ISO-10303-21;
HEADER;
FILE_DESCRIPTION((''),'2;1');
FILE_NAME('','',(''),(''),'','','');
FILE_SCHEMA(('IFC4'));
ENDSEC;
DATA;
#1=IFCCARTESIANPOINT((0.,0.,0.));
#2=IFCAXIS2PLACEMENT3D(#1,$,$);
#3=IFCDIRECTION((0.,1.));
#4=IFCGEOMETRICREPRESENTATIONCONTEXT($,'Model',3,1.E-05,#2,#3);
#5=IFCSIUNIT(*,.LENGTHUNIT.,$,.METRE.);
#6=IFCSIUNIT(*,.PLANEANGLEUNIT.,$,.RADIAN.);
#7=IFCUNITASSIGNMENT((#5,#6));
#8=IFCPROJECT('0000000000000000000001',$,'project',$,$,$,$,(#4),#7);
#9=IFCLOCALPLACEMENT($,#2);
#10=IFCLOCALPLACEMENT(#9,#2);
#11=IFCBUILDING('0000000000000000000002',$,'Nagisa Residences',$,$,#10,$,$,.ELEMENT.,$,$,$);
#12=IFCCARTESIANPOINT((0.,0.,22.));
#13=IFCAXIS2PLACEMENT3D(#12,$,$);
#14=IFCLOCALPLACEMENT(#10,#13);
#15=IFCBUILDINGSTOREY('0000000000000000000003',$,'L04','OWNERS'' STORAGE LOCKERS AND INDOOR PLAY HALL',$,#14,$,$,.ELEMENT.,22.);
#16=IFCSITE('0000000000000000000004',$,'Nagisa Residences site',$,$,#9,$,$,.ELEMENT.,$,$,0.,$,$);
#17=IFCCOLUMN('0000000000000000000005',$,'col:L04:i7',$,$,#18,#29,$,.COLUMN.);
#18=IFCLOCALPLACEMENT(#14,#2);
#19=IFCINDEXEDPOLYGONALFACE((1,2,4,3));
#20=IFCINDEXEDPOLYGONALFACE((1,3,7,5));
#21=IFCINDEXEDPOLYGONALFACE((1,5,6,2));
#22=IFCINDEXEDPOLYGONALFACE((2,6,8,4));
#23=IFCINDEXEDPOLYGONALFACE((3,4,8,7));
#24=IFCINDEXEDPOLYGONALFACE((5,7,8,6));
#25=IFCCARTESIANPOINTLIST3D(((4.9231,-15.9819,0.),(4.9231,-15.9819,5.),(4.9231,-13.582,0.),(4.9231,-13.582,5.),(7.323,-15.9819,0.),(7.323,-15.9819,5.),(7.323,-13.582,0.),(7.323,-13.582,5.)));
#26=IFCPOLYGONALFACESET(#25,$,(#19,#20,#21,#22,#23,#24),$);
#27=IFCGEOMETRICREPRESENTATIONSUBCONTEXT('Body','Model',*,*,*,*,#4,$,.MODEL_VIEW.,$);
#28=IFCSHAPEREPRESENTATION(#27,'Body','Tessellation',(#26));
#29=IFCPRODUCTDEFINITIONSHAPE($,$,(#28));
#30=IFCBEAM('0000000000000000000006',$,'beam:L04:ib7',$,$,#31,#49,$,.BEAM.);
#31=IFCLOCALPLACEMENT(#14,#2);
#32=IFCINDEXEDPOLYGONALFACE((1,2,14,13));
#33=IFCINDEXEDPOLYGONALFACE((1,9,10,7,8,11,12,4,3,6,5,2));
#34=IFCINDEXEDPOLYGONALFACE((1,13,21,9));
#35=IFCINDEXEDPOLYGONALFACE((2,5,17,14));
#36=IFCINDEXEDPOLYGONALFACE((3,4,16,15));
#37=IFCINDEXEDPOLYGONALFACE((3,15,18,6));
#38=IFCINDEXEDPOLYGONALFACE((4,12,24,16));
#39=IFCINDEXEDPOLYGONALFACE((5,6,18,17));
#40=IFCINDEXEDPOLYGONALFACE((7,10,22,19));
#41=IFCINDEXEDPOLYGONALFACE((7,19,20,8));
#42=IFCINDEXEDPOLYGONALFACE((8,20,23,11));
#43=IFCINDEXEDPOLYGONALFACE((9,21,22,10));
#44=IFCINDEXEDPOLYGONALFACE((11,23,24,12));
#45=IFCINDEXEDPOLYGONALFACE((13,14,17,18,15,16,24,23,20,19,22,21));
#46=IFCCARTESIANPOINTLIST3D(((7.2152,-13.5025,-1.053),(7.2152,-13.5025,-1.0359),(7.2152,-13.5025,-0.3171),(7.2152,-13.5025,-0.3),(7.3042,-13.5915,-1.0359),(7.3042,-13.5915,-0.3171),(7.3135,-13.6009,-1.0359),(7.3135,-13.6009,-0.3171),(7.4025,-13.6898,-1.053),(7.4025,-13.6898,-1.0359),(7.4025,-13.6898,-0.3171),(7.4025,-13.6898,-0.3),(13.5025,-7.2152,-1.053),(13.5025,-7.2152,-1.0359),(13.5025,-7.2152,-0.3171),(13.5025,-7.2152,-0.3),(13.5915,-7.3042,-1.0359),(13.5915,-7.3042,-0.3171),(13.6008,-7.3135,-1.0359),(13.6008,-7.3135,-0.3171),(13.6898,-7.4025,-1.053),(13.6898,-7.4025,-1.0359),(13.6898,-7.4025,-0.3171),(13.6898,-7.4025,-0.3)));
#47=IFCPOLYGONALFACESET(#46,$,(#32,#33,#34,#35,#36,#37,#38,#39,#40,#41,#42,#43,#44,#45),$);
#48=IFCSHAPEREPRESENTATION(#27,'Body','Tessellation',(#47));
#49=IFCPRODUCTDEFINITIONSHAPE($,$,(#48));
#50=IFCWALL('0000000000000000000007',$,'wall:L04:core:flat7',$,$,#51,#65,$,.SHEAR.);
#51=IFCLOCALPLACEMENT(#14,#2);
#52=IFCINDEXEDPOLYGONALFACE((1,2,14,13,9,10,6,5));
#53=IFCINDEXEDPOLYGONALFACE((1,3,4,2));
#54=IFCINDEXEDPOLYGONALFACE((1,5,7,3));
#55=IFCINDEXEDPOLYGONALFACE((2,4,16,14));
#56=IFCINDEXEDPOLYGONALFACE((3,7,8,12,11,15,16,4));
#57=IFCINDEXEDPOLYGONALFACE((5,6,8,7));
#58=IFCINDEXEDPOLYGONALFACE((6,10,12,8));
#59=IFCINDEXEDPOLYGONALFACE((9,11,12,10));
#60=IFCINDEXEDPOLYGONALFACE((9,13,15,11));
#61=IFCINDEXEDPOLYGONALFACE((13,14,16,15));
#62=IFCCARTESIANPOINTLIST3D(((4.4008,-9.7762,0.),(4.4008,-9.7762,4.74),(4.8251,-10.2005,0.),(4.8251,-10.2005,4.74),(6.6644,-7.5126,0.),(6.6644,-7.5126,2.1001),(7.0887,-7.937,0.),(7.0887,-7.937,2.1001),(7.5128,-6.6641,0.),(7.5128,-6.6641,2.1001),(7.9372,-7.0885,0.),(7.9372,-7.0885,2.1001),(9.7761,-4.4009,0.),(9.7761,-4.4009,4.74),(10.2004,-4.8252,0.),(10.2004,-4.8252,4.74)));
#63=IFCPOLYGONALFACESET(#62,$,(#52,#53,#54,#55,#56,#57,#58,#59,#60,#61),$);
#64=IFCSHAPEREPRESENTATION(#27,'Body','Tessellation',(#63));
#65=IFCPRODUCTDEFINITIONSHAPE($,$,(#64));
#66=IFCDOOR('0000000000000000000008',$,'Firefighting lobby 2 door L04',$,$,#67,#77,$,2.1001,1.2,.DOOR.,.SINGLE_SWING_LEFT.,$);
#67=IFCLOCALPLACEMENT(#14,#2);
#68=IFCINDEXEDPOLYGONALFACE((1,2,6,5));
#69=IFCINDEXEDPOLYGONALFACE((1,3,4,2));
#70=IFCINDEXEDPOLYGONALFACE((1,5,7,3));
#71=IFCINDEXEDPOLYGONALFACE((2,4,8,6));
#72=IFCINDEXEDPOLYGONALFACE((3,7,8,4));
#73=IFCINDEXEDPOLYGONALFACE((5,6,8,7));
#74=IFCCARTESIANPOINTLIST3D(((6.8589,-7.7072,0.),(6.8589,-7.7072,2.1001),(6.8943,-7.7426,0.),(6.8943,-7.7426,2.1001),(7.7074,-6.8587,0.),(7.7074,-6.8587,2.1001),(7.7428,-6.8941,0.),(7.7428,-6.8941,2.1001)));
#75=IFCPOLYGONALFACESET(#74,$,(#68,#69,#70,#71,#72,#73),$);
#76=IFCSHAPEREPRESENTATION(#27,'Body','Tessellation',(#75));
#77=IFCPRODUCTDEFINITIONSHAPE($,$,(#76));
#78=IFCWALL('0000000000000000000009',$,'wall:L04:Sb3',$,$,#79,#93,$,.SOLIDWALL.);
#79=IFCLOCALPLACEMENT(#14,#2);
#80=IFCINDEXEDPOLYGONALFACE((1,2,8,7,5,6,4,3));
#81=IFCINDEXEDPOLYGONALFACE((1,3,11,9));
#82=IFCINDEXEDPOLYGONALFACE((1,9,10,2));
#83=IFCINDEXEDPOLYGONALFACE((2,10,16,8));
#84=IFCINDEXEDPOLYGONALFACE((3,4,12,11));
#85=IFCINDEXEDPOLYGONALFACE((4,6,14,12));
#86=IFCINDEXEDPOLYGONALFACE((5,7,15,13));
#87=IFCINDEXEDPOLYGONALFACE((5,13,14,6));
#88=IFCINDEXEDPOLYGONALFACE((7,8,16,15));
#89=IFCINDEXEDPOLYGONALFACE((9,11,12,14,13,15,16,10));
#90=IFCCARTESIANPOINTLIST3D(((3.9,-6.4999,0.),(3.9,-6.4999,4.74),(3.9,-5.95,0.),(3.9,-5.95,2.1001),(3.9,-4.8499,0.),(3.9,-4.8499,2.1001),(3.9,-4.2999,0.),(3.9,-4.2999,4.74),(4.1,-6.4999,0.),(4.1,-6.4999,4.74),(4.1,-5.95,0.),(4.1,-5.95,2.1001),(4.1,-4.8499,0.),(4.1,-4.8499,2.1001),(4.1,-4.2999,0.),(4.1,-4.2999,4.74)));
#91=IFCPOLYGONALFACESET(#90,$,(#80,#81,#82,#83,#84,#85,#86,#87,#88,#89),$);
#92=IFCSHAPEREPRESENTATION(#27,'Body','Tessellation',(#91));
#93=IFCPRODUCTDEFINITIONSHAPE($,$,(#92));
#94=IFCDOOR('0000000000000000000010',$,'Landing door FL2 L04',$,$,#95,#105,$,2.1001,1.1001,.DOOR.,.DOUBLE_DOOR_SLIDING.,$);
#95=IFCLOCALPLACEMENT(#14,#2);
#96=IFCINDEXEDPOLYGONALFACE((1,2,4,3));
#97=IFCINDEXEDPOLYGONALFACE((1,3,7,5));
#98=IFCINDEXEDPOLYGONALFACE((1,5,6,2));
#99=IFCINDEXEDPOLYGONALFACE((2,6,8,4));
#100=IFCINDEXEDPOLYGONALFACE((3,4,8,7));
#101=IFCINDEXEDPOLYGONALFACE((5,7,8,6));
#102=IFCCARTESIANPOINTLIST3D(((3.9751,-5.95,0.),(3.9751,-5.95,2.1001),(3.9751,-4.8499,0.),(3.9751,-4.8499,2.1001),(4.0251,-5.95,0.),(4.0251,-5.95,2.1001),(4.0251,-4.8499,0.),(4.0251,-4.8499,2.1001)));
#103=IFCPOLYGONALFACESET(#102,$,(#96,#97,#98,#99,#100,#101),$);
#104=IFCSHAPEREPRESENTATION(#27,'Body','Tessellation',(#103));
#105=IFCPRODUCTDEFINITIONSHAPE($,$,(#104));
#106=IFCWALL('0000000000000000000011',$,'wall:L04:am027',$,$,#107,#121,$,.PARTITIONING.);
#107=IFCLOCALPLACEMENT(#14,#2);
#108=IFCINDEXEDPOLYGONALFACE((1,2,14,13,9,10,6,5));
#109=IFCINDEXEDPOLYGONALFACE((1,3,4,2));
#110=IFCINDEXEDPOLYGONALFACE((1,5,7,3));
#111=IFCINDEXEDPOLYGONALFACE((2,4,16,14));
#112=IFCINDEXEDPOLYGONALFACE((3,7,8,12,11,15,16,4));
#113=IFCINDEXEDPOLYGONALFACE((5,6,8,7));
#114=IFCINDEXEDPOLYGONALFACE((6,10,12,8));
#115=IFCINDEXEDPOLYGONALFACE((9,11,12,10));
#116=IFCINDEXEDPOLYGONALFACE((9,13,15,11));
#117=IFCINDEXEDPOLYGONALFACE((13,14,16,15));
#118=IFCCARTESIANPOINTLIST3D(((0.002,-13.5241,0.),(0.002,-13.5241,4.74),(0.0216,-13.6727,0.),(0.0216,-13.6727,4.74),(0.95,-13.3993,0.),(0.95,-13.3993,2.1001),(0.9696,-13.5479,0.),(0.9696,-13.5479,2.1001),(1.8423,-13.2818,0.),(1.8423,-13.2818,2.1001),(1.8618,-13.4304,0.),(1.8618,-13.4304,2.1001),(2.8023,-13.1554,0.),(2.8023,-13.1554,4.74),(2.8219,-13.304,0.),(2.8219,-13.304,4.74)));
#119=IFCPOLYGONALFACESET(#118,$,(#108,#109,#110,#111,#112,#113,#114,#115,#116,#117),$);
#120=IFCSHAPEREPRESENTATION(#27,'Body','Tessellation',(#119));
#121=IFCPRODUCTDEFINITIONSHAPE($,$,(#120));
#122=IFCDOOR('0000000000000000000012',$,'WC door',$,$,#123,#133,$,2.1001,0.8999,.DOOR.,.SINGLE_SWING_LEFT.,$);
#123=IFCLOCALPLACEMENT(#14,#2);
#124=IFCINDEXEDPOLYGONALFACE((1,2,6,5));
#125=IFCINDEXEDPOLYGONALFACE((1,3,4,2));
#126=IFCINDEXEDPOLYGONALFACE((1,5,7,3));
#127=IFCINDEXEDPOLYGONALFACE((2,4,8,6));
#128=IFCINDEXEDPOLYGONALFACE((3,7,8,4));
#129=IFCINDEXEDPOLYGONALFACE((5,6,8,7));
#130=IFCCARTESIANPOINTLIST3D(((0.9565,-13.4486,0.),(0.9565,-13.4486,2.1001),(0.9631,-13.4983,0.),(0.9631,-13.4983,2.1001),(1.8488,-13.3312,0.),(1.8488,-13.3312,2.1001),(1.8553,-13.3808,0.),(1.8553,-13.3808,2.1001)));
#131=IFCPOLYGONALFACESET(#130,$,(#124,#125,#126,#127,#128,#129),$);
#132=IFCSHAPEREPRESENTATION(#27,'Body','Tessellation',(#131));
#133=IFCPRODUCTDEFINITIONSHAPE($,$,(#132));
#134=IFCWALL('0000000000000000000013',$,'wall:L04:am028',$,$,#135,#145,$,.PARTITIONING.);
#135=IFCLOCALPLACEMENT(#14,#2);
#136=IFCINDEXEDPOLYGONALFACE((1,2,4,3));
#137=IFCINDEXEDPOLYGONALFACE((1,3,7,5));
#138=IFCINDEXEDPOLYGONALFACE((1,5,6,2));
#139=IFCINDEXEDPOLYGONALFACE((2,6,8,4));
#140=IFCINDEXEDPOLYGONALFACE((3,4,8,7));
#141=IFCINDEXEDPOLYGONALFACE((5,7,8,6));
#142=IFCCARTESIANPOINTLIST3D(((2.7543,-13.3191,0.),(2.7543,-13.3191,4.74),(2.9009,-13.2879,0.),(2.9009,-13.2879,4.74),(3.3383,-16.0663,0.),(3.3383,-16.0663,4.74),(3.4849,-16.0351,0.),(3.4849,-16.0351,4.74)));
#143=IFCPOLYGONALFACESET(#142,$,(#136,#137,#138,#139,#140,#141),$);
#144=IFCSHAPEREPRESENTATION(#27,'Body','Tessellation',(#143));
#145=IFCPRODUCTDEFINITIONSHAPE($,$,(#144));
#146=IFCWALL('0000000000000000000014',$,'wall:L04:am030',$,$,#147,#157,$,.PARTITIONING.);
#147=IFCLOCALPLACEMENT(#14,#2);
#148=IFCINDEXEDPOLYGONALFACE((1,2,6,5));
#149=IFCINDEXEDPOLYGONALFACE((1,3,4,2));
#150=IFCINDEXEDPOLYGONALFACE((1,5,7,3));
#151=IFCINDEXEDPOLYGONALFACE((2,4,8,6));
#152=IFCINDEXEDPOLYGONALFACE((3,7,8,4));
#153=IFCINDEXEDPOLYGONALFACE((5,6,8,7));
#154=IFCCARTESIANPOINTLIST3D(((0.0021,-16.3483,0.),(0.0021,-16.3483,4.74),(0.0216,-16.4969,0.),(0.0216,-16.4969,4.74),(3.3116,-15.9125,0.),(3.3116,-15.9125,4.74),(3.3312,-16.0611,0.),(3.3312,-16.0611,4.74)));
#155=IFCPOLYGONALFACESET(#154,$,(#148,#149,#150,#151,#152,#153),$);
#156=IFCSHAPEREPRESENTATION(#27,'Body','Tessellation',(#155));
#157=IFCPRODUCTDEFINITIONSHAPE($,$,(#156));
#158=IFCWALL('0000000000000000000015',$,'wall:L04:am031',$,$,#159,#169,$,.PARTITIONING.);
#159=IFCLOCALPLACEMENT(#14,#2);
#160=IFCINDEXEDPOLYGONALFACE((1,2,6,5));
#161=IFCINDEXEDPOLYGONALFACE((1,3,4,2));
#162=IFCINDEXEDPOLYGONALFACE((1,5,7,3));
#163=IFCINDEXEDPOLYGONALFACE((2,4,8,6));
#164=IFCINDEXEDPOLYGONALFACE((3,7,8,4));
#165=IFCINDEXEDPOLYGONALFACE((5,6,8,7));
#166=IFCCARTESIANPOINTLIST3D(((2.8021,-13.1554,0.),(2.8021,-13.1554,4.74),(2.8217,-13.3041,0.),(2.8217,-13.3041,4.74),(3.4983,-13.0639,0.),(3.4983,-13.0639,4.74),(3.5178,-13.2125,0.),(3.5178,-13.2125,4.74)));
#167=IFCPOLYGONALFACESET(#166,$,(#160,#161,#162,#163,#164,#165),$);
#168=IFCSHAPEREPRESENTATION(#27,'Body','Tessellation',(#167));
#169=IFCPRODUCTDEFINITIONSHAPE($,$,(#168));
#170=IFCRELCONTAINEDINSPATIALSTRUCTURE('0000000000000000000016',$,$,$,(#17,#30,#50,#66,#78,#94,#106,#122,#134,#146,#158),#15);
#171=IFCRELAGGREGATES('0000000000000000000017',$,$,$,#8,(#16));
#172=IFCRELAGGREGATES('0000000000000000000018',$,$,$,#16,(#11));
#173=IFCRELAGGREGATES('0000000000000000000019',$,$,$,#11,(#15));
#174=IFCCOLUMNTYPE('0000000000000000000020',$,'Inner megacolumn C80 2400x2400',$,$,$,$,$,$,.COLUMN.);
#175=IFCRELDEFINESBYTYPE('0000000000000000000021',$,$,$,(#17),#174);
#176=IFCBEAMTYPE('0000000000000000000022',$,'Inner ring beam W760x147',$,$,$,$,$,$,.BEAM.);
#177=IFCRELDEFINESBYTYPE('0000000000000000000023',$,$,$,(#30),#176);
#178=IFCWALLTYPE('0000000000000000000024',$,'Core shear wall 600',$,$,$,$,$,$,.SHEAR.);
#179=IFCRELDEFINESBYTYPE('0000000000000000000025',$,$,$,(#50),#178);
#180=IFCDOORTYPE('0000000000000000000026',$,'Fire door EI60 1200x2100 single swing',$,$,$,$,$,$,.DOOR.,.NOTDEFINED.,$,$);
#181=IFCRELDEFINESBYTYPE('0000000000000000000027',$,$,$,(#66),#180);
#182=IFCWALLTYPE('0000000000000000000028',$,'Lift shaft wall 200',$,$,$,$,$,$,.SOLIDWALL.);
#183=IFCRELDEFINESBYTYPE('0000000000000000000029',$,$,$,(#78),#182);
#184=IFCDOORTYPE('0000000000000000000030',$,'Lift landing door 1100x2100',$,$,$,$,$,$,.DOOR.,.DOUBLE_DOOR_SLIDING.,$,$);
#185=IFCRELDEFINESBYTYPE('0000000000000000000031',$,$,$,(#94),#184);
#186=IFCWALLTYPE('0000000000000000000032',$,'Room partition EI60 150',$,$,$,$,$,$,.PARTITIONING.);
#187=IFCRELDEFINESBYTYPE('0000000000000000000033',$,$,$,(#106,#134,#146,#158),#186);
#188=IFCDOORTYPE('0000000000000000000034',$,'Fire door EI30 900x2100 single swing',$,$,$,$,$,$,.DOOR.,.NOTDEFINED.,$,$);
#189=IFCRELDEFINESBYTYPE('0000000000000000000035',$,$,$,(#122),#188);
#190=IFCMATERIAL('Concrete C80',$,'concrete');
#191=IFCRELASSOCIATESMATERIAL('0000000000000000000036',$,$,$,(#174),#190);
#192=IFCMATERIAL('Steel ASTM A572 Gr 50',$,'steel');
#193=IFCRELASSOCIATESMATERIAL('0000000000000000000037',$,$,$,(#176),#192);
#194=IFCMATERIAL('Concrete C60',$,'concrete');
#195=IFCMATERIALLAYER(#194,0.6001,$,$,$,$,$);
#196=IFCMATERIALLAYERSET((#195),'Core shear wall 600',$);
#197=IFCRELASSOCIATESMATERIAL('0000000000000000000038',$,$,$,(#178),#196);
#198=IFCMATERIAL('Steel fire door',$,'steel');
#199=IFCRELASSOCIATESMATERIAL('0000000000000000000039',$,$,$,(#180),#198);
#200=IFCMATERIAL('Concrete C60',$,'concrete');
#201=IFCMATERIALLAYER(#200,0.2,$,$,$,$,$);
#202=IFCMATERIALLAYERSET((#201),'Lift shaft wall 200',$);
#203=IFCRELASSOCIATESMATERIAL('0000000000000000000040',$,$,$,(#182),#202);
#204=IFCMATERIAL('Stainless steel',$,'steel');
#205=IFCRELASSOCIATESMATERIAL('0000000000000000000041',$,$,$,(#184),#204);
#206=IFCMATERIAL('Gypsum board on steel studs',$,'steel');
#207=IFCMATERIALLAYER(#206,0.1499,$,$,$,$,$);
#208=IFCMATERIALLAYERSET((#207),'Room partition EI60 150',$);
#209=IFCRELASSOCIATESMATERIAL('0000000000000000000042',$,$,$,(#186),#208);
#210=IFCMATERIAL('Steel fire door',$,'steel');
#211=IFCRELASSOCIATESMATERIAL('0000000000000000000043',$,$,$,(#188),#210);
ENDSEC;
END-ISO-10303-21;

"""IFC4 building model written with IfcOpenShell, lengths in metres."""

from ifc_helpers import new_model, si_unit, direction, frame, frame_2d, origin, origin_2d, place, context, subcontext, project, spatial, rectangle, i_section, extrude, material, layer, layer_set, material_profile, profile_set, type_object, element, fill, save


model = new_model("IFC4")

# Units and contexts
model_context = context("Model", 3, precision=1e-05, world=origin(), true_north=direction((0.0, 1.0)))
body_context = subcontext(model_context, "Body", "Model", "MODEL_VIEW")
ifc_project = project(units=[si_unit("LENGTHUNIT", "METRE"), si_unit("PLANEANGLEUNIT", "RADIAN")], contexts=[model_context])

# Site, building, storey
site_placement = place(None, origin())
site = spatial("IfcSite", under=ifc_project, at=site_placement, Name="Nagisa Residences site", CompositionType="ELEMENT", RefElevation=0.0)
building_placement = place(site_placement, origin())
building = spatial("IfcBuilding", under=site, at=building_placement, Name="Nagisa Residences", CompositionType="ELEMENT")
storey_placement = place(building_placement, frame((0.0, 0.0, 22.0)))
storey = spatial("IfcBuildingStorey", under=building, at=storey_placement, Name="L04", Description="OWNERS' STORAGE LOCKERS AND INDOOR PLAY HALL", CompositionType="ELEMENT", Elevation=22.0)

# Column
ifc_material_1 = material(Name="Concrete C80", Category="concrete")
ifc_material_profile_1 = material_profile(ifc_material_1, rectangle(XDim=2.3999, YDim=2.3999, at=origin_2d()), Name="C80 2400x2400")
ifc_profile_set_1 = profile_set([ifc_material_profile_1], Name="Concrete C80")
column_type = type_object("IfcColumnType", Name="Inner megacolumn C80 2400x2400", PredefinedType="COLUMN", material=ifc_profile_set_1)
column_placement = place(storey_placement, frame((6.123, -14.782, 0.0), z_axis=(0.0, 0.0, 1.0), x_axis=(1.0, 0.0, 0.0)))
element("IfcColumn", 1, at=column_placement, inside=storey, type_object=column_type, Name="col:L04:i7", PredefinedType="COLUMN", context=body_context, shape_type="SweptSolid", body=[
    extrude(rectangle(XDim=2.3999, YDim=2.3999, at=origin_2d()), origin(), (0.0, 0.0, 1.0), 5.0),
])

# Beam
ifc_material_2 = material(Name="Steel ASTM A572 Gr 50", Category="steel")
ifc_material_profile_2 = material_profile(ifc_material_2, i_section(OverallWidth=0.2649, OverallDepth=0.7529, WebThickness=0.0132, FlangeThickness=0.0171, at=origin_2d()), Name="W760x147")
ifc_profile_set_2 = profile_set([ifc_material_profile_2], Name="Steel ASTM A572 Gr 50")
beam_type = type_object("IfcBeamType", Name="Inner ring beam W760x147", PredefinedType="BEAM", material=ifc_profile_set_2)
beam_placement = place(storey_placement, frame((7.3088, -13.5962, -0.6765), z_axis=(0.707107, 0.707107, 0.0), x_axis=(-0.707107, 0.707107, 0.0)))
element("IfcBeam", 2, at=beam_placement, inside=storey, type_object=beam_type, Name="beam:L04:ib7", PredefinedType="BEAM", context=body_context, shape_type="SweptSolid", body=[
    extrude(i_section(OverallWidth=0.2649, OverallDepth=0.7529, WebThickness=0.0132, FlangeThickness=0.0171, at=origin_2d()), origin(), (0.0, 0.0, 1.0), 8.8916),
])

# Walls, openings, doors
ifc_material_3 = material(Name="Concrete C60", Category="concrete")
ifc_layer_1 = layer(ifc_material_3, 0.6001)
ifc_layer_set_1 = layer_set([ifc_layer_1], Name="Core shear wall 600")
wall_type_1 = type_object("IfcWallType", Name="Core shear wall 600", PredefinedType="SHEAR", material=ifc_layer_set_1)
wall_1_placement = place(storey_placement, frame((4.613, -9.9883, 0.0), z_axis=(0.0, 0.0, 1.0), x_axis=(0.707107, 0.707107, 0.0)))
wall_1 = element("IfcWall", 3, at=wall_1_placement, inside=storey, type_object=wall_type_1, Name="wall:L04:core:flat7", PredefinedType="SHEAR", context=body_context, shape_type="SweptSolid", body=[
    extrude(rectangle(XDim=7.6018, YDim=0.6001, at=frame_2d((3.8008, 0.0))), origin(), (0.0, 0.0, 1.0), 4.74),
])
opening_1_placement = place(wall_1_placement, frame((3.2009, 0.0, 0.0)))
opening_1 = element("IfcOpeningElement", 4, at=opening_1_placement, cuts=wall_1, PredefinedType="OPENING", context=body_context, shape_type="SweptSolid", body=[
    extrude(rectangle(XDim=1.2, YDim=2.1001, at=frame_2d((0.6001, 1.05))), frame((0.0, 0.3101, 0.0), z_axis=(0.0, -1.0, 0.0), x_axis=(1.0, 0.0, 0.0)), (0.0, 0.0, 1.0), 0.6201),
])
ifc_material_4 = material(Name="Steel fire door", Category="steel")
door_type_1 = type_object("IfcDoorType", Name="Fire door EI60 1200x2100 single swing", OperationType="NOTDEFINED", PredefinedType="DOOR", material=ifc_material_4)
door_1_placement = place(opening_1_placement, origin())
door_1 = element("IfcDoor", 5, at=door_1_placement, inside=storey, type_object=door_type_1, Name="Firefighting lobby 2 door L04", OperationType="SINGLE_SWING_LEFT", OverallHeight=2.1001, OverallWidth=1.2, PredefinedType="DOOR", context=body_context, shape_type="SweptSolid", body=[
    extrude(rectangle(XDim=1.2, YDim=2.1001, at=frame_2d((0.6001, 1.05))), frame((0.0, 0.0249, 0.0), z_axis=(0.0, -1.0, 0.0), x_axis=(1.0, 0.0, 0.0)), (0.0, 0.0, 1.0), 0.05),
])
fill(opening_1, door_1)
ifc_material_5 = material(Name="Concrete C60", Category="concrete")
ifc_layer_2 = layer(ifc_material_5, 0.2)
ifc_layer_set_2 = layer_set([ifc_layer_2], Name="Lift shaft wall 200")
wall_type_2 = type_object("IfcWallType", Name="Lift shaft wall 200", PredefinedType="SOLIDWALL", material=ifc_layer_set_2)
wall_2_placement = place(storey_placement, frame((4.0, -6.5, 0.0), z_axis=(0.0, 0.0, 1.0), x_axis=(0.0, 1.0, 0.0)))
wall_2 = element("IfcWall", 6, at=wall_2_placement, inside=storey, type_object=wall_type_2, Name="wall:L04:Sb3", PredefinedType="SOLIDWALL", context=body_context, shape_type="SweptSolid", body=[
    extrude(rectangle(XDim=2.2, YDim=0.2, at=frame_2d((1.1001, 0.0))), origin(), (0.0, 0.0, 1.0), 4.74),
])
opening_2_placement = place(wall_2_placement, frame((0.55, 0.0, 0.0)))
opening_2 = element("IfcOpeningElement", 7, at=opening_2_placement, cuts=wall_2, PredefinedType="OPENING", context=body_context, shape_type="SweptSolid", body=[
    extrude(rectangle(XDim=1.1001, YDim=2.1001, at=frame_2d((0.55, 1.05))), frame((0.0, 0.1099, 0.0), z_axis=(0.0, -1.0, 0.0), x_axis=(1.0, 0.0, 0.0)), (0.0, 0.0, 1.0), 0.22),
])
ifc_material_6 = material(Name="Stainless steel", Category="steel")
door_type_2 = type_object("IfcDoorType", Name="Lift landing door 1100x2100", OperationType="DOUBLE_DOOR_SLIDING", PredefinedType="DOOR", material=ifc_material_6)
door_2_placement = place(opening_2_placement, origin())
door_2 = element("IfcDoor", 8, at=door_2_placement, inside=storey, type_object=door_type_2, Name="Landing door FL2 L04", OperationType="DOUBLE_DOOR_SLIDING", OverallHeight=2.1001, OverallWidth=1.1001, PredefinedType="DOOR", context=body_context, shape_type="SweptSolid", body=[
    extrude(rectangle(XDim=1.1001, YDim=2.1001, at=frame_2d((0.55, 1.05))), frame((0.0, 0.0249, 0.0), z_axis=(0.0, -1.0, 0.0), x_axis=(1.0, 0.0, 0.0)), (0.0, 0.0, 1.0), 0.05),
])
fill(opening_2, door_2)
ifc_material_7 = material(Name="Gypsum board on steel studs", Category="steel")
ifc_layer_3 = layer(ifc_material_7, 0.1499)
ifc_layer_set_3 = layer_set([ifc_layer_3], Name="Room partition EI60 150")
wall_type_3 = type_object("IfcWallType", Name="Room partition EI60 150", PredefinedType="PARTITIONING", material=ifc_layer_set_3)
wall_3_placement = place(storey_placement, frame((2.812, -13.2297, 0.0), z_axis=(0.0, 0.0, 1.0), x_axis=(-0.991445, -0.130522, 0.0)))
wall_3 = element("IfcWall", 9, at=wall_3_placement, inside=storey, type_object=wall_type_3, Name="wall:L04:am027", PredefinedType="PARTITIONING", context=body_context, shape_type="SweptSolid", body=[
    extrude(rectangle(XDim=2.8245, YDim=0.1499, at=frame_2d((1.4121, 0.0))), origin(), (0.0, 0.0, 1.0), 4.74),
])
opening_3_placement = place(wall_3_placement, frame((0.9683, 0.0, 0.0)))
opening_3 = element("IfcOpeningElement", 10, at=opening_3_placement, cuts=wall_3, PredefinedType="OPENING", context=body_context, shape_type="SweptSolid", body=[
    extrude(rectangle(XDim=0.8999, YDim=2.1001, at=frame_2d((0.45, 1.05))), frame((0.0, 0.085, 0.0), z_axis=(0.0, -1.0, 0.0), x_axis=(1.0, 0.0, 0.0)), (0.0, 0.0, 1.0), 0.1699),
])
ifc_material_8 = material(Name="Steel fire door", Category="steel")
door_type_3 = type_object("IfcDoorType", Name="Fire door EI30 900x2100 single swing", OperationType="NOTDEFINED", PredefinedType="DOOR", material=ifc_material_8)
door_3_placement = place(opening_3_placement, origin())
door_3 = element("IfcDoor", 11, at=door_3_placement, inside=storey, type_object=door_type_3, Name="WC door", OperationType="SINGLE_SWING_LEFT", OverallHeight=2.1001, OverallWidth=0.8999, PredefinedType="DOOR", context=body_context, shape_type="SweptSolid", body=[
    extrude(rectangle(XDim=0.8999, YDim=2.1001, at=frame_2d((0.45, 1.05))), frame((0.0, 0.0249, 0.0), z_axis=(0.0, -1.0, 0.0), x_axis=(1.0, 0.0, 0.0)), (0.0, 0.0, 1.0), 0.05),
])
fill(opening_3, door_3)

# Walls
wall_4_placement = place(storey_placement, frame((2.8276, -13.3035, 0.0), z_axis=(0.0, 0.0, 1.0), x_axis=(0.20792, -0.978146, 0.0)))
element("IfcWall", 12, at=wall_4_placement, inside=storey, type_object=wall_type_3, Name="wall:L04:am028", PredefinedType="PARTITIONING", context=body_context, shape_type="SweptSolid", body=[
    extrude(rectangle(XDim=2.8086, YDim=0.1499, at=frame_2d((1.4043, 0.0))), origin(), (0.0, 0.0, 1.0), 4.74),
])
wall_5_placement = place(storey_placement, frame((3.3213, -15.9868, 0.0), z_axis=(0.0, 0.0, 1.0), x_axis=(-0.991442, -0.130549, 0.0)))
element("IfcWall", 13, at=wall_5_placement, inside=storey, type_object=wall_type_3, Name="wall:L04:am030", PredefinedType="PARTITIONING", context=body_context, shape_type="SweptSolid", body=[
    extrude(rectangle(XDim=3.3381, YDim=0.1499, at=frame_2d((1.6689, 0.0))), origin(), (0.0, 0.0, 1.0), 4.74),
])
wall_6_placement = place(storey_placement, frame((3.5081, -13.1382, 0.0), z_axis=(0.0, 0.0, 1.0), x_axis=(-0.99146, -0.13041, 0.0)))
element("IfcWall", 14, at=wall_6_placement, inside=storey, type_object=wall_type_3, Name="wall:L04:am031", PredefinedType="PARTITIONING", context=body_context, shape_type="SweptSolid", body=[
    extrude(rectangle(XDim=0.7021, YDim=0.1499, at=frame_2d((0.3511, 0.0))), origin(), (0.0, 0.0, 1.0), 4.74),
])

save(model, "model.ifc")
